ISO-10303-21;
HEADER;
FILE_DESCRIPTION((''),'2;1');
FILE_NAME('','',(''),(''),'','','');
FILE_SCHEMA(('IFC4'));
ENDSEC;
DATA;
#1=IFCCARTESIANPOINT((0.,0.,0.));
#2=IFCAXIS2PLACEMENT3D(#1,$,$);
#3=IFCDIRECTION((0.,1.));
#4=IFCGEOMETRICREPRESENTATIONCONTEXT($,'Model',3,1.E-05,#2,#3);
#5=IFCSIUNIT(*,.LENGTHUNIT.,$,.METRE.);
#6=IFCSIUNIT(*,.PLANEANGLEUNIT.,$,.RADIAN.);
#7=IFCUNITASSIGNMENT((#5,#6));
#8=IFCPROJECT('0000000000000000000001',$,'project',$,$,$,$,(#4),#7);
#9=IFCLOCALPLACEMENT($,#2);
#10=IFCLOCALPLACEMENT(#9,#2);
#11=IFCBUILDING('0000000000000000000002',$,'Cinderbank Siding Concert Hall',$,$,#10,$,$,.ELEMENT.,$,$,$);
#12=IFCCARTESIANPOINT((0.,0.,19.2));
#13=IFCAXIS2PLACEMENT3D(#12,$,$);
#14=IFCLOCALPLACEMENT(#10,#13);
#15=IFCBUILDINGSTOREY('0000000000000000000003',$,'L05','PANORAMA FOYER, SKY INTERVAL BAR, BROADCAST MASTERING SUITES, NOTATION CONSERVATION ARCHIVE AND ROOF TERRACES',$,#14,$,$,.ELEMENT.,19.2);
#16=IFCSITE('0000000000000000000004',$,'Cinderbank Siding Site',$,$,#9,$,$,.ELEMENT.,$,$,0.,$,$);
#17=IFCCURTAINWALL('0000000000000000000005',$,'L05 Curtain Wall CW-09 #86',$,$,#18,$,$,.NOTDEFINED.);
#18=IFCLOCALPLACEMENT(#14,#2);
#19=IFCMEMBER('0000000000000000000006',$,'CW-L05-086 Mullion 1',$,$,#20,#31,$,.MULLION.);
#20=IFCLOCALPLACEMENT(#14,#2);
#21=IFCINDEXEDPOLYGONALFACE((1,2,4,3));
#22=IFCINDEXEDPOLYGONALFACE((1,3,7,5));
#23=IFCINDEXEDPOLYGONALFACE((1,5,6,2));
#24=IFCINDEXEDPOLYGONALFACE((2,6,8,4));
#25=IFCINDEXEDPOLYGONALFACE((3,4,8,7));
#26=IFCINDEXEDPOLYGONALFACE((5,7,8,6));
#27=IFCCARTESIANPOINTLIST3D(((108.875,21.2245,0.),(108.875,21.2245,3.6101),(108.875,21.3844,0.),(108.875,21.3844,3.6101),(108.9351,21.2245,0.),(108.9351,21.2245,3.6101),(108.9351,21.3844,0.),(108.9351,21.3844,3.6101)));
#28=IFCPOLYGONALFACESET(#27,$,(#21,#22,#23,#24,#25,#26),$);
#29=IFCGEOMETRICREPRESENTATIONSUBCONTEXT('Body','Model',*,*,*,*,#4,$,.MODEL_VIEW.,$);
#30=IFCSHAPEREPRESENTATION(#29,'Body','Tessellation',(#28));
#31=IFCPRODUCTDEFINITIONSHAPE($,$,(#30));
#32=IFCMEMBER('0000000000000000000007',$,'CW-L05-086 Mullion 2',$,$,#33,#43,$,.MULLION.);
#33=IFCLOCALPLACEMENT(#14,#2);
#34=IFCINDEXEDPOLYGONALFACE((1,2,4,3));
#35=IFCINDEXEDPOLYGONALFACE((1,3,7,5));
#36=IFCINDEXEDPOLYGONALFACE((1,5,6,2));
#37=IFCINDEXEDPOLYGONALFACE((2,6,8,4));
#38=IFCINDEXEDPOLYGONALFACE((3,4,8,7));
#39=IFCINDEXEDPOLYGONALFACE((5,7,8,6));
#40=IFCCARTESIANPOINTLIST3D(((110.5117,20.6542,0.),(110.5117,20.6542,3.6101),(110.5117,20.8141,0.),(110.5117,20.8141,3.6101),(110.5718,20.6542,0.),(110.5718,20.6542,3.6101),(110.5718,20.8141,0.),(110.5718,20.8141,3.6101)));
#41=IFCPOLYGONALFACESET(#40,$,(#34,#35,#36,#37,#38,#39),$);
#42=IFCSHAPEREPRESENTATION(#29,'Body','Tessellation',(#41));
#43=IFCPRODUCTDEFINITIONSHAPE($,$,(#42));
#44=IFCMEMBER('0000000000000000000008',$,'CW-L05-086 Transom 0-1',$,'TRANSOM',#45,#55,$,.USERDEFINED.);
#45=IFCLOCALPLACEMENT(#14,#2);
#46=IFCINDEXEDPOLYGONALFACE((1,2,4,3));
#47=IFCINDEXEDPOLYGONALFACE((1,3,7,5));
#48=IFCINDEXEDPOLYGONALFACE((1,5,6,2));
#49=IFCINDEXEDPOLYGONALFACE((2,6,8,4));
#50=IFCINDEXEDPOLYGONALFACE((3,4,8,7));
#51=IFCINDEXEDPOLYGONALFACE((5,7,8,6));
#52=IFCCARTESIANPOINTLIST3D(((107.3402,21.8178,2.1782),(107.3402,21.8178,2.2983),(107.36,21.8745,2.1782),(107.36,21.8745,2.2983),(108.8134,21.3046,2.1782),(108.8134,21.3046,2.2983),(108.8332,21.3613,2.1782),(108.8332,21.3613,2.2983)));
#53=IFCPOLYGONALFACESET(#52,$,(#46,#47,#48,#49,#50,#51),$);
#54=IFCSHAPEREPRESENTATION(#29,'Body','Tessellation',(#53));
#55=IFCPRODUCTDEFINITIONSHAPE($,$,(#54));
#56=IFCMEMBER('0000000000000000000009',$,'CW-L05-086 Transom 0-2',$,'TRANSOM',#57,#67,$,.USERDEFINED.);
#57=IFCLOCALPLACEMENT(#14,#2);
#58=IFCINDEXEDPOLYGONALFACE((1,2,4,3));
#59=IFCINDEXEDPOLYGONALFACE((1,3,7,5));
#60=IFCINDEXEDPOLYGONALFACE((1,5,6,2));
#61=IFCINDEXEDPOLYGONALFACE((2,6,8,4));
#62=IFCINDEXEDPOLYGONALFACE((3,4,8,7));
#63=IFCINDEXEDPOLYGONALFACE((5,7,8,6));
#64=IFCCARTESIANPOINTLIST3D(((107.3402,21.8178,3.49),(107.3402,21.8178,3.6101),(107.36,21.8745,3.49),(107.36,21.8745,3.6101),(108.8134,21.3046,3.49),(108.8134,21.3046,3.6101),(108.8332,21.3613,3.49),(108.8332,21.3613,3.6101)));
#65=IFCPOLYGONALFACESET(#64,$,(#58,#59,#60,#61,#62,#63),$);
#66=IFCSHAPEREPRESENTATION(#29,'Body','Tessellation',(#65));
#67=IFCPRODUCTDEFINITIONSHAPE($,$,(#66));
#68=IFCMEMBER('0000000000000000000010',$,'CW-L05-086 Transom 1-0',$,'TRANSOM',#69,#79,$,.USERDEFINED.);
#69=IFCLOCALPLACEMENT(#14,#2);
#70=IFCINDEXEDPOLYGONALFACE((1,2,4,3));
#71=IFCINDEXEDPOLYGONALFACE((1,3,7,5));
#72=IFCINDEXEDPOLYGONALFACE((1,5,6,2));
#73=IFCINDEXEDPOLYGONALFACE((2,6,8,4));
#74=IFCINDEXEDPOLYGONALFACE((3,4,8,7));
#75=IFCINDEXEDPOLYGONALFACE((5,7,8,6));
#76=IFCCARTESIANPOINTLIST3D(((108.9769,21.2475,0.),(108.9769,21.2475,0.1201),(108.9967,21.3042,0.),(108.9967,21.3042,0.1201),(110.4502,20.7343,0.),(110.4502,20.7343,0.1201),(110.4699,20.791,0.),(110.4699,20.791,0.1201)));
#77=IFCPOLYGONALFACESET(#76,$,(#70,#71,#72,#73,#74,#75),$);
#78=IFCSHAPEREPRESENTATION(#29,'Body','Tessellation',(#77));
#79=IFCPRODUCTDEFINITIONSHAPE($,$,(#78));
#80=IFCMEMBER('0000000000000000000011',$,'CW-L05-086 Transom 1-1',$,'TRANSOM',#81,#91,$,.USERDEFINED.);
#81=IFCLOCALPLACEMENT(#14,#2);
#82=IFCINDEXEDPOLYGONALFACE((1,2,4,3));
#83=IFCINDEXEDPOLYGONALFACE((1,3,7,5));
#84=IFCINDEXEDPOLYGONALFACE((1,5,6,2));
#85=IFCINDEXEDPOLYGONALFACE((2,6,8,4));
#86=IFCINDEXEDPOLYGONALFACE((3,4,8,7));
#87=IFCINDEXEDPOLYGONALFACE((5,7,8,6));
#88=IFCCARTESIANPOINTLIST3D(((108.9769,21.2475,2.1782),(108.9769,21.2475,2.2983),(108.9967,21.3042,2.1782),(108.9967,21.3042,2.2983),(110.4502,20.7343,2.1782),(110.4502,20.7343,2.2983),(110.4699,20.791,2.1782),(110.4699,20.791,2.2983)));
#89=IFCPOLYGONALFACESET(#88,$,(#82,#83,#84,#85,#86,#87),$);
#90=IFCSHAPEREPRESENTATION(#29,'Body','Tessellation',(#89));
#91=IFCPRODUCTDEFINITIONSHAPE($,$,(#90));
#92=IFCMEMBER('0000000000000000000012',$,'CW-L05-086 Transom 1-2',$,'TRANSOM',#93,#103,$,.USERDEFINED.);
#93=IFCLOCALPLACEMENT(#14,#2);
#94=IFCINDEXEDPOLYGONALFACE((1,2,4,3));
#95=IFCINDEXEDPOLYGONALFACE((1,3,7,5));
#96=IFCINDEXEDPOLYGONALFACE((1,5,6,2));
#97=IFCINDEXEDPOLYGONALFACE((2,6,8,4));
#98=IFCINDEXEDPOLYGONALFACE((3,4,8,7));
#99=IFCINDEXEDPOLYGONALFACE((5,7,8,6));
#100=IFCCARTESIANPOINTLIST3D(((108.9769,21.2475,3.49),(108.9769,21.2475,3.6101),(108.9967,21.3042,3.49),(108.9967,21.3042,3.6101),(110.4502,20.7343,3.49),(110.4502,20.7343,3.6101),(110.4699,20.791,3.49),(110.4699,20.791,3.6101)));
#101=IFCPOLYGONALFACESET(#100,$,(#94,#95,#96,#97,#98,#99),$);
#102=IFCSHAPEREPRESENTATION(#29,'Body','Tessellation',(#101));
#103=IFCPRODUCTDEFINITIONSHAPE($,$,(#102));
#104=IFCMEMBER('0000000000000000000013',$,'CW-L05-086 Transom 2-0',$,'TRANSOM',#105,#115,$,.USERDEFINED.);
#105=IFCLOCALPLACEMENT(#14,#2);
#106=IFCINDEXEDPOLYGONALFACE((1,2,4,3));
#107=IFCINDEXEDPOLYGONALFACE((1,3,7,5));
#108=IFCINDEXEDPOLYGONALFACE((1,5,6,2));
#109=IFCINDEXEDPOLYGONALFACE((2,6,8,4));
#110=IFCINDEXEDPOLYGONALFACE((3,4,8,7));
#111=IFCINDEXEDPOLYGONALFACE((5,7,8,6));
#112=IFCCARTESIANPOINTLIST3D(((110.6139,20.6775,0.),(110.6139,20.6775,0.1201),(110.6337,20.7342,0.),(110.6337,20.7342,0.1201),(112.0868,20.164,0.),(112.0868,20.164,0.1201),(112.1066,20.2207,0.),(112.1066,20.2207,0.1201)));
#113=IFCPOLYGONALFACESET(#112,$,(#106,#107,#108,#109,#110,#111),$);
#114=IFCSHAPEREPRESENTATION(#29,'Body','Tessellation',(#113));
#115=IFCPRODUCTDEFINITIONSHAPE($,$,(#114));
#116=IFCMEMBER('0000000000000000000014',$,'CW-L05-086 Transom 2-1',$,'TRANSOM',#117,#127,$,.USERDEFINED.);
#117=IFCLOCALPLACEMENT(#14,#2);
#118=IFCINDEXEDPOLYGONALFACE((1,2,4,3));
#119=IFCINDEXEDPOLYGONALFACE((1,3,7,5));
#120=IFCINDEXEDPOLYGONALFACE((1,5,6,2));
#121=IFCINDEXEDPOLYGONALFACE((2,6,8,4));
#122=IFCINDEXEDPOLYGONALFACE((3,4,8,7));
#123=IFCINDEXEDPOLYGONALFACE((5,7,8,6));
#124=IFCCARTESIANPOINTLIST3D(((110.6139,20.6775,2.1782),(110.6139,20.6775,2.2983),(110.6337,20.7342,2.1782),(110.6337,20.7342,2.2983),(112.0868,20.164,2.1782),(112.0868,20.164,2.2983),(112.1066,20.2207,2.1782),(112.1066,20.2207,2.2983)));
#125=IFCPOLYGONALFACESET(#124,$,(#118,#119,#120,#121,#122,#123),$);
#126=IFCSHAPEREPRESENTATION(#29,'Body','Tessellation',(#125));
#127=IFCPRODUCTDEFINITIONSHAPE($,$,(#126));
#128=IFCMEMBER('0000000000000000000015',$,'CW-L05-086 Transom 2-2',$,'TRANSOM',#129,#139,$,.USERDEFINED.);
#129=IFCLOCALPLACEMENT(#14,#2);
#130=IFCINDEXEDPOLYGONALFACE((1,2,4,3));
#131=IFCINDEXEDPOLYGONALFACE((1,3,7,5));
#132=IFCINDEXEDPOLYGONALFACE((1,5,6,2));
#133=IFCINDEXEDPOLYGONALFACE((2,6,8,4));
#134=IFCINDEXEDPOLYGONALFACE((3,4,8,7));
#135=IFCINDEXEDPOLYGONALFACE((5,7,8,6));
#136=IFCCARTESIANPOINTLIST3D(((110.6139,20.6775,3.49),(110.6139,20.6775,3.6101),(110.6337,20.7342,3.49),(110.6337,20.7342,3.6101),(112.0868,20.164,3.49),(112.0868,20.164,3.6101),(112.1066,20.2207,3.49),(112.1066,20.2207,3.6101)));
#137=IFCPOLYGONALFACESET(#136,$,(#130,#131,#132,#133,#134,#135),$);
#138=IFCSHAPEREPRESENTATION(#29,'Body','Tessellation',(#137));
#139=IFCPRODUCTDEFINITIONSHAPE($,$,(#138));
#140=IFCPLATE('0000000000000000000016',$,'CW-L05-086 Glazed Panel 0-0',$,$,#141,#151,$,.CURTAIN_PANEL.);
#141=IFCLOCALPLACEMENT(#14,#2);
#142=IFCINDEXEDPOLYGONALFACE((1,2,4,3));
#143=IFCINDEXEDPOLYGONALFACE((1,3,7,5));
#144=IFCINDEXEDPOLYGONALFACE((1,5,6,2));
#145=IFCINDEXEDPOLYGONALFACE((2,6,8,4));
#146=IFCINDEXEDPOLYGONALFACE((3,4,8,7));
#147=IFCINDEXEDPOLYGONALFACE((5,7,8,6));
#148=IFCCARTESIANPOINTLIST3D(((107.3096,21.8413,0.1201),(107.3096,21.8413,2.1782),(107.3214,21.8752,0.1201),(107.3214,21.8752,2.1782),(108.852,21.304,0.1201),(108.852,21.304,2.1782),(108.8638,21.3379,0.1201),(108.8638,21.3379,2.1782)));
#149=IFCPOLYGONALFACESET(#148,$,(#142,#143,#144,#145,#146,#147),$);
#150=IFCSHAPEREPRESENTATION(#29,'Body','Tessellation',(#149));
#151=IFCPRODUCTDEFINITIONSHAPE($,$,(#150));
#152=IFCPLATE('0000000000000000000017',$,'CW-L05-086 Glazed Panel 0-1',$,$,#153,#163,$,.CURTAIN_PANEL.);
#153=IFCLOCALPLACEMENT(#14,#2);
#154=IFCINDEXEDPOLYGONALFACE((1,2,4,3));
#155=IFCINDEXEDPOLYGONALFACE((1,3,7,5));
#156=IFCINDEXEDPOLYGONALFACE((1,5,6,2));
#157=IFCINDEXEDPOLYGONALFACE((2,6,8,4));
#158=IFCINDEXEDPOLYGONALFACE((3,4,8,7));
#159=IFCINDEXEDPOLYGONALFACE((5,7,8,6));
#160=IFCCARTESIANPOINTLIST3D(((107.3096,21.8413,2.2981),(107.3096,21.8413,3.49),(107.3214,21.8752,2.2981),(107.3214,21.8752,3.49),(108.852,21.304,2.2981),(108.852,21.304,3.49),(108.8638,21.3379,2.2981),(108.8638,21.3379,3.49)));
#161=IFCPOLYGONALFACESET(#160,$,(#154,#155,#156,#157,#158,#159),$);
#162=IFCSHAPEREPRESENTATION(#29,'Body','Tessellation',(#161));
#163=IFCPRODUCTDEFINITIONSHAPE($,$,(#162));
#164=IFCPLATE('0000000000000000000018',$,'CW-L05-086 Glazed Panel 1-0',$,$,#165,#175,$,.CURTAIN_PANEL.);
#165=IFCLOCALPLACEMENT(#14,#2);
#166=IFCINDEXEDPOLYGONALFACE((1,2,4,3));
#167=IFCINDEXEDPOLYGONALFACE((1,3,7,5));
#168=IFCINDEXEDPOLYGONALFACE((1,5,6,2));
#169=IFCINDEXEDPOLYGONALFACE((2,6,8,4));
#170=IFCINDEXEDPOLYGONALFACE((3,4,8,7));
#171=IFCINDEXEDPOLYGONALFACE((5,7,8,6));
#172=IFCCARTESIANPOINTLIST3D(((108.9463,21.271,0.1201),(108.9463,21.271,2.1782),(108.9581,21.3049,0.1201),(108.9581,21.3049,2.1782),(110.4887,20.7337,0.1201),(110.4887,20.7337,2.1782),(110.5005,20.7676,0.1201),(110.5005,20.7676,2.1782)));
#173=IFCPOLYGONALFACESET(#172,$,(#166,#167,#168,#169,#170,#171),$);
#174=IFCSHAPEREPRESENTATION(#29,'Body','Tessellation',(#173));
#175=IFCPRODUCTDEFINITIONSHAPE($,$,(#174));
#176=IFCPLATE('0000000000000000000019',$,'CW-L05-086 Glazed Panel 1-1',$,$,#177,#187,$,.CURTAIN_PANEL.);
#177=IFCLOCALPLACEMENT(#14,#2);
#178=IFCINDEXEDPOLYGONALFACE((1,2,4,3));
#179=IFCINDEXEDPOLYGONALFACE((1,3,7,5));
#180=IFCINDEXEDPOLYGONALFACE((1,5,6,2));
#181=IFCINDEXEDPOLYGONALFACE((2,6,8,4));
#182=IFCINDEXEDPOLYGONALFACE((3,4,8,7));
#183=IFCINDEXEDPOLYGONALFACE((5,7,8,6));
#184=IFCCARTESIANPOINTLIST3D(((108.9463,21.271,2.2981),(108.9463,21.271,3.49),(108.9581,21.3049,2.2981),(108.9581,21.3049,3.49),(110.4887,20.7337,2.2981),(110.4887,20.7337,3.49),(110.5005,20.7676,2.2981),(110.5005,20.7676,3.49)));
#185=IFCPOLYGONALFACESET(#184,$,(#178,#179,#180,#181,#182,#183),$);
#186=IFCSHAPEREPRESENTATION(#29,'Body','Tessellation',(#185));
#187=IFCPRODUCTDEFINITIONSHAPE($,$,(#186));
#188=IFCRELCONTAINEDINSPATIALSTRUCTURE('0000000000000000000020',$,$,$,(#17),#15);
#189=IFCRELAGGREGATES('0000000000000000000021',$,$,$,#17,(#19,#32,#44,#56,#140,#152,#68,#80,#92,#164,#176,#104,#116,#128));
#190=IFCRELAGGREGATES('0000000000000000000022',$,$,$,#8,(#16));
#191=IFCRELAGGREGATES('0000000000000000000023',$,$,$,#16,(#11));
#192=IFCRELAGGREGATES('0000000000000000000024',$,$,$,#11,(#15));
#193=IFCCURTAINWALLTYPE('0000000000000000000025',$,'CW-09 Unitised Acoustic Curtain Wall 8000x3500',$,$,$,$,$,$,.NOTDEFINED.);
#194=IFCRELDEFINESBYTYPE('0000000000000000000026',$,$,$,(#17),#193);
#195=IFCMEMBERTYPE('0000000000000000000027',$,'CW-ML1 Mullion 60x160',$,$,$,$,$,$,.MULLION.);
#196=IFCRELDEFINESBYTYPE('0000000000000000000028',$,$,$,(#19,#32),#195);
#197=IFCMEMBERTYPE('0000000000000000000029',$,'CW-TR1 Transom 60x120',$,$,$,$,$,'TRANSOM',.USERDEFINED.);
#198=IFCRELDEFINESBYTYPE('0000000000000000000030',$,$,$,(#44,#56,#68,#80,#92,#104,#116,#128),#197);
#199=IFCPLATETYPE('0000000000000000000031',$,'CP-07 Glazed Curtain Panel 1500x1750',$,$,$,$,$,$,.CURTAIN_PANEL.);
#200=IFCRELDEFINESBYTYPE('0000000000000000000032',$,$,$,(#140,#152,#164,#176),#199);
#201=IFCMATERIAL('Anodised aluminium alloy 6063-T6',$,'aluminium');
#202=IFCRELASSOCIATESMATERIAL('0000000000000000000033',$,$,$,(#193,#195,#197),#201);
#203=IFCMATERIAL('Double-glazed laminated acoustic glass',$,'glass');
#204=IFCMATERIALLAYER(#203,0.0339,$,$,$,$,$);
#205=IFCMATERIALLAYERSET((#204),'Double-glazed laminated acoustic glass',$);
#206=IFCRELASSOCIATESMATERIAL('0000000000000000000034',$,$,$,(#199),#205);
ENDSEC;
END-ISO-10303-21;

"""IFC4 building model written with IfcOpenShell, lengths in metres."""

from ifc_helpers import new_model, si_unit, direction, frame, origin, origin_2d, place, context, subcontext, project, spatial, rectangle, extrude, material, layer, layer_set, material_profile, profile_set, type_object, element, aggregate, save


model = new_model("IFC4")

# Units and contexts
model_context = context("Model", 3, precision=1e-05, world=origin(), true_north=direction((0.0, 1.0)))
body_context = subcontext(model_context, "Body", "Model", "MODEL_VIEW")
ifc_project = project(units=[si_unit("LENGTHUNIT", "METRE"), si_unit("PLANEANGLEUNIT", "RADIAN")], contexts=[model_context])

# Site, building, storey
site_placement = place(None, origin())
site = spatial("IfcSite", under=ifc_project, at=site_placement, Name="Cinderbank Siding Site", CompositionType="ELEMENT", RefElevation=0.0)
building_placement = place(site_placement, origin())
building = spatial("IfcBuilding", under=site, at=building_placement, Name="Cinderbank Siding Concert Hall", CompositionType="ELEMENT")
storey_placement = place(building_placement, frame((0.0, 0.0, 19.2)))
storey = spatial("IfcBuildingStorey", under=building, at=storey_placement, Name="L05", Description="PANORAMA FOYER, SKY INTERVAL BAR, BROADCAST MASTERING SUITES, NOTATION CONSERVATION ARCHIVE AND ROOF TERRACES", CompositionType="ELEMENT", Elevation=19.2)

# Curtain wall, members, plates
ifc_material_1 = material(Name="Anodised aluminium alloy 6063-T6", Category="aluminium")
curtain_wall_type = type_object("IfcCurtainWallType", Name="CW-09 Unitised Acoustic Curtain Wall 8000x3500", PredefinedType="NOTDEFINED", material=ifc_material_1)
curtain_wall_placement = place(storey_placement, origin())
curtain_wall = element("IfcCurtainWall", 1, at=curtain_wall_placement, inside=storey, type_object=curtain_wall_type, Name="L05 Curtain Wall CW-09 #86", PredefinedType="NOTDEFINED")
ifc_material_profile_1 = material_profile(ifc_material_1, rectangle(XDim=0.0601, YDim=0.1599, at=origin_2d()), Name="ALU-MULL-60x160", Category="LoadBearing")
ifc_profile_set_1 = profile_set([ifc_material_profile_1], Name="Anodised aluminium alloy 6063-T6")
member_type_1 = type_object("IfcMemberType", Name="CW-ML1 Mullion 60x160", PredefinedType="MULLION", material=ifc_profile_set_1)
member_1_placement = place(storey_placement, frame((108.905, 21.3044, 0.0), z_axis=(0.0, 0.0, 1.0), x_axis=(1.0, 0.0, 0.0)))
member_1 = element("IfcMember", 2, at=member_1_placement, type_object=member_type_1, Name="CW-L05-086 Mullion 1", PredefinedType="MULLION", context=body_context, shape_type="SweptSolid", body=[
    extrude(rectangle(XDim=0.0601, YDim=0.1599, at=origin_2d()), origin(), (0.0, 0.0, 1.0), 3.6101),
])
member_2_placement = place(storey_placement, frame((110.5417, 20.7341, 0.0), z_axis=(0.0, 0.0, 1.0), x_axis=(1.0, 0.0, 0.0)))
member_2 = element("IfcMember", 3, at=member_2_placement, type_object=member_type_1, Name="CW-L05-086 Mullion 2", PredefinedType="MULLION", context=body_context, shape_type="SweptSolid", body=[
    extrude(rectangle(XDim=0.0601, YDim=0.1599, at=origin_2d()), origin(), (0.0, 0.0, 1.0), 3.6101),
])
ifc_material_profile_2 = material_profile(ifc_material_1, rectangle(XDim=0.0601, YDim=0.1201, at=origin_2d()), Name="ALU-TRAN-60x120", Category="LoadBearing")
ifc_profile_set_2 = profile_set([ifc_material_profile_2], Name="Anodised aluminium alloy 6063-T6")
member_type_2 = type_object("IfcMemberType", Name="CW-TR1 Transom 60x120", ElementType="TRANSOM", PredefinedType="USERDEFINED", material=ifc_profile_set_2)
member_3_placement = place(storey_placement, frame((107.3501, 21.8462, 2.2383), z_axis=(0.94434, -0.32897, 0.0), x_axis=(0.32897, 0.94434, 0.0)))
member_3 = element("IfcMember", 4, at=member_3_placement, type_object=member_type_2, Name="CW-L05-086 Transom 0-1", ObjectType="TRANSOM", PredefinedType="USERDEFINED", context=body_context, shape_type="SweptSolid", body=[
    extrude(rectangle(XDim=0.0601, YDim=0.1201, at=origin_2d()), origin(), (0.0, 0.0, 1.0), 1.5601),
])
member_4_placement = place(storey_placement, frame((107.3501, 21.8462, 3.55), z_axis=(0.94434, -0.32897, 0.0), x_axis=(0.32897, 0.94434, 0.0)))
member_4 = element("IfcMember", 5, at=member_4_placement, type_object=member_type_2, Name="CW-L05-086 Transom 0-2", ObjectType="TRANSOM", PredefinedType="USERDEFINED", context=body_context, shape_type="SweptSolid", body=[
    extrude(rectangle(XDim=0.0601, YDim=0.1201, at=origin_2d()), origin(), (0.0, 0.0, 1.0), 1.5601),
])
member_5_placement = place(storey_placement, frame((108.9868, 21.2759, 0.0601), z_axis=(0.94434, -0.32897, 0.0), x_axis=(0.32897, 0.94434, 0.0)))
member_5 = element("IfcMember", 6, at=member_5_placement, type_object=member_type_2, Name="CW-L05-086 Transom 1-0", ObjectType="TRANSOM", PredefinedType="USERDEFINED", context=body_context, shape_type="SweptSolid", body=[
    extrude(rectangle(XDim=0.0601, YDim=0.1201, at=origin_2d()), origin(), (0.0, 0.0, 1.0), 1.5601),
])
member_6_placement = place(storey_placement, frame((108.9868, 21.2759, 2.2383), z_axis=(0.94434, -0.32897, 0.0), x_axis=(0.32897, 0.94434, 0.0)))
member_6 = element("IfcMember", 7, at=member_6_placement, type_object=member_type_2, Name="CW-L05-086 Transom 1-1", ObjectType="TRANSOM", PredefinedType="USERDEFINED", context=body_context, shape_type="SweptSolid", body=[
    extrude(rectangle(XDim=0.0601, YDim=0.1201, at=origin_2d()), origin(), (0.0, 0.0, 1.0), 1.5601),
])
member_7_placement = place(storey_placement, frame((108.9868, 21.2759, 3.55), z_axis=(0.94434, -0.32897, 0.0), x_axis=(0.32897, 0.94434, 0.0)))
member_7 = element("IfcMember", 8, at=member_7_placement, type_object=member_type_2, Name="CW-L05-086 Transom 1-2", ObjectType="TRANSOM", PredefinedType="USERDEFINED", context=body_context, shape_type="SweptSolid", body=[
    extrude(rectangle(XDim=0.0601, YDim=0.1201, at=origin_2d()), origin(), (0.0, 0.0, 1.0), 1.5601),
])
member_8_placement = place(storey_placement, frame((110.6238, 20.7058, 0.0601), z_axis=(0.944275, -0.329158, 0.0), x_axis=(0.329158, 0.944275, 0.0)))
member_8 = element("IfcMember", 9, at=member_8_placement, type_object=member_type_2, Name="CW-L05-086 Transom 2-0", ObjectType="TRANSOM", PredefinedType="USERDEFINED", context=body_context, shape_type="SweptSolid", body=[
    extrude(rectangle(XDim=0.0601, YDim=0.1201, at=origin_2d()), origin(), (0.0, 0.0, 1.0), 1.5598),
])
member_9_placement = place(storey_placement, frame((110.6238, 20.7058, 2.2383), z_axis=(0.944275, -0.329158, 0.0), x_axis=(0.329158, 0.944275, 0.0)))
member_9 = element("IfcMember", 10, at=member_9_placement, type_object=member_type_2, Name="CW-L05-086 Transom 2-1", ObjectType="TRANSOM", PredefinedType="USERDEFINED", context=body_context, shape_type="SweptSolid", body=[
    extrude(rectangle(XDim=0.0601, YDim=0.1201, at=origin_2d()), origin(), (0.0, 0.0, 1.0), 1.5598),
])
member_10_placement = place(storey_placement, frame((110.6238, 20.7058, 3.55), z_axis=(0.944275, -0.329158, 0.0), x_axis=(0.329158, 0.944275, 0.0)))
member_10 = element("IfcMember", 11, at=member_10_placement, type_object=member_type_2, Name="CW-L05-086 Transom 2-2", ObjectType="TRANSOM", PredefinedType="USERDEFINED", context=body_context, shape_type="SweptSolid", body=[
    extrude(rectangle(XDim=0.0601, YDim=0.1201, at=origin_2d()), origin(), (0.0, 0.0, 1.0), 1.5598),
])
ifc_material_2 = material(Name="Double-glazed laminated acoustic glass", Category="glass")
ifc_layer_1 = layer(ifc_material_2, 0.0339)
ifc_layer_set_1 = layer_set([ifc_layer_1], Name="Double-glazed laminated acoustic glass")
plate_type = type_object("IfcPlateType", Name="CP-07 Glazed Curtain Panel 1500x1750", PredefinedType="CURTAIN_PANEL", material=ifc_layer_set_1)
plate_1_placement = place(storey_placement, frame((108.0867, 21.5896, 0.1201), z_axis=(0.0, 0.0, 1.0), x_axis=(0.944334, -0.328988, 0.0)))
plate_1 = element("IfcPlate", 12, at=plate_1_placement, type_object=plate_type, Name="CW-L05-086 Glazed Panel 0-0", PredefinedType="CURTAIN_PANEL", context=body_context, shape_type="SweptSolid", body=[
    extrude(rectangle(XDim=1.6333, YDim=0.0359, at=origin_2d()), origin(), (0.0, 0.0, 1.0), 2.0581),
])
plate_2_placement = place(storey_placement, frame((108.0867, 21.5896, 2.2981), z_axis=(0.0, 0.0, 1.0), x_axis=(0.944334, -0.328988, 0.0)))
plate_2 = element("IfcPlate", 13, at=plate_2_placement, type_object=plate_type, Name="CW-L05-086 Glazed Panel 0-1", PredefinedType="CURTAIN_PANEL", context=body_context, shape_type="SweptSolid", body=[
    extrude(rectangle(XDim=1.6333, YDim=0.0359, at=origin_2d()), origin(), (0.0, 0.0, 1.0), 1.1919),
])
plate_3_placement = place(storey_placement, frame((109.7234, 21.0193, 0.1201), z_axis=(0.0, 0.0, 1.0), x_axis=(0.944334, -0.328988, 0.0)))
plate_3 = element("IfcPlate", 14, at=plate_3_placement, type_object=plate_type, Name="CW-L05-086 Glazed Panel 1-0", PredefinedType="CURTAIN_PANEL", context=body_context, shape_type="SweptSolid", body=[
    extrude(rectangle(XDim=1.6333, YDim=0.0359, at=origin_2d()), origin(), (0.0, 0.0, 1.0), 2.0581),
])
plate_4_placement = place(storey_placement, frame((109.7234, 21.0193, 2.2981), z_axis=(0.0, 0.0, 1.0), x_axis=(0.944334, -0.328988, 0.0)))
plate_4 = element("IfcPlate", 15, at=plate_4_placement, type_object=plate_type, Name="CW-L05-086 Glazed Panel 1-1", PredefinedType="CURTAIN_PANEL", context=body_context, shape_type="SweptSolid", body=[
    extrude(rectangle(XDim=1.6333, YDim=0.0359, at=origin_2d()), origin(), (0.0, 0.0, 1.0), 1.1919),
])
aggregate(curtain_wall, [member_1, member_2, member_3, member_4, plate_1, plate_2, member_5, member_6, member_7, plate_3, plate_4, member_8, member_9, member_10])

save(model, "model.ifc")
